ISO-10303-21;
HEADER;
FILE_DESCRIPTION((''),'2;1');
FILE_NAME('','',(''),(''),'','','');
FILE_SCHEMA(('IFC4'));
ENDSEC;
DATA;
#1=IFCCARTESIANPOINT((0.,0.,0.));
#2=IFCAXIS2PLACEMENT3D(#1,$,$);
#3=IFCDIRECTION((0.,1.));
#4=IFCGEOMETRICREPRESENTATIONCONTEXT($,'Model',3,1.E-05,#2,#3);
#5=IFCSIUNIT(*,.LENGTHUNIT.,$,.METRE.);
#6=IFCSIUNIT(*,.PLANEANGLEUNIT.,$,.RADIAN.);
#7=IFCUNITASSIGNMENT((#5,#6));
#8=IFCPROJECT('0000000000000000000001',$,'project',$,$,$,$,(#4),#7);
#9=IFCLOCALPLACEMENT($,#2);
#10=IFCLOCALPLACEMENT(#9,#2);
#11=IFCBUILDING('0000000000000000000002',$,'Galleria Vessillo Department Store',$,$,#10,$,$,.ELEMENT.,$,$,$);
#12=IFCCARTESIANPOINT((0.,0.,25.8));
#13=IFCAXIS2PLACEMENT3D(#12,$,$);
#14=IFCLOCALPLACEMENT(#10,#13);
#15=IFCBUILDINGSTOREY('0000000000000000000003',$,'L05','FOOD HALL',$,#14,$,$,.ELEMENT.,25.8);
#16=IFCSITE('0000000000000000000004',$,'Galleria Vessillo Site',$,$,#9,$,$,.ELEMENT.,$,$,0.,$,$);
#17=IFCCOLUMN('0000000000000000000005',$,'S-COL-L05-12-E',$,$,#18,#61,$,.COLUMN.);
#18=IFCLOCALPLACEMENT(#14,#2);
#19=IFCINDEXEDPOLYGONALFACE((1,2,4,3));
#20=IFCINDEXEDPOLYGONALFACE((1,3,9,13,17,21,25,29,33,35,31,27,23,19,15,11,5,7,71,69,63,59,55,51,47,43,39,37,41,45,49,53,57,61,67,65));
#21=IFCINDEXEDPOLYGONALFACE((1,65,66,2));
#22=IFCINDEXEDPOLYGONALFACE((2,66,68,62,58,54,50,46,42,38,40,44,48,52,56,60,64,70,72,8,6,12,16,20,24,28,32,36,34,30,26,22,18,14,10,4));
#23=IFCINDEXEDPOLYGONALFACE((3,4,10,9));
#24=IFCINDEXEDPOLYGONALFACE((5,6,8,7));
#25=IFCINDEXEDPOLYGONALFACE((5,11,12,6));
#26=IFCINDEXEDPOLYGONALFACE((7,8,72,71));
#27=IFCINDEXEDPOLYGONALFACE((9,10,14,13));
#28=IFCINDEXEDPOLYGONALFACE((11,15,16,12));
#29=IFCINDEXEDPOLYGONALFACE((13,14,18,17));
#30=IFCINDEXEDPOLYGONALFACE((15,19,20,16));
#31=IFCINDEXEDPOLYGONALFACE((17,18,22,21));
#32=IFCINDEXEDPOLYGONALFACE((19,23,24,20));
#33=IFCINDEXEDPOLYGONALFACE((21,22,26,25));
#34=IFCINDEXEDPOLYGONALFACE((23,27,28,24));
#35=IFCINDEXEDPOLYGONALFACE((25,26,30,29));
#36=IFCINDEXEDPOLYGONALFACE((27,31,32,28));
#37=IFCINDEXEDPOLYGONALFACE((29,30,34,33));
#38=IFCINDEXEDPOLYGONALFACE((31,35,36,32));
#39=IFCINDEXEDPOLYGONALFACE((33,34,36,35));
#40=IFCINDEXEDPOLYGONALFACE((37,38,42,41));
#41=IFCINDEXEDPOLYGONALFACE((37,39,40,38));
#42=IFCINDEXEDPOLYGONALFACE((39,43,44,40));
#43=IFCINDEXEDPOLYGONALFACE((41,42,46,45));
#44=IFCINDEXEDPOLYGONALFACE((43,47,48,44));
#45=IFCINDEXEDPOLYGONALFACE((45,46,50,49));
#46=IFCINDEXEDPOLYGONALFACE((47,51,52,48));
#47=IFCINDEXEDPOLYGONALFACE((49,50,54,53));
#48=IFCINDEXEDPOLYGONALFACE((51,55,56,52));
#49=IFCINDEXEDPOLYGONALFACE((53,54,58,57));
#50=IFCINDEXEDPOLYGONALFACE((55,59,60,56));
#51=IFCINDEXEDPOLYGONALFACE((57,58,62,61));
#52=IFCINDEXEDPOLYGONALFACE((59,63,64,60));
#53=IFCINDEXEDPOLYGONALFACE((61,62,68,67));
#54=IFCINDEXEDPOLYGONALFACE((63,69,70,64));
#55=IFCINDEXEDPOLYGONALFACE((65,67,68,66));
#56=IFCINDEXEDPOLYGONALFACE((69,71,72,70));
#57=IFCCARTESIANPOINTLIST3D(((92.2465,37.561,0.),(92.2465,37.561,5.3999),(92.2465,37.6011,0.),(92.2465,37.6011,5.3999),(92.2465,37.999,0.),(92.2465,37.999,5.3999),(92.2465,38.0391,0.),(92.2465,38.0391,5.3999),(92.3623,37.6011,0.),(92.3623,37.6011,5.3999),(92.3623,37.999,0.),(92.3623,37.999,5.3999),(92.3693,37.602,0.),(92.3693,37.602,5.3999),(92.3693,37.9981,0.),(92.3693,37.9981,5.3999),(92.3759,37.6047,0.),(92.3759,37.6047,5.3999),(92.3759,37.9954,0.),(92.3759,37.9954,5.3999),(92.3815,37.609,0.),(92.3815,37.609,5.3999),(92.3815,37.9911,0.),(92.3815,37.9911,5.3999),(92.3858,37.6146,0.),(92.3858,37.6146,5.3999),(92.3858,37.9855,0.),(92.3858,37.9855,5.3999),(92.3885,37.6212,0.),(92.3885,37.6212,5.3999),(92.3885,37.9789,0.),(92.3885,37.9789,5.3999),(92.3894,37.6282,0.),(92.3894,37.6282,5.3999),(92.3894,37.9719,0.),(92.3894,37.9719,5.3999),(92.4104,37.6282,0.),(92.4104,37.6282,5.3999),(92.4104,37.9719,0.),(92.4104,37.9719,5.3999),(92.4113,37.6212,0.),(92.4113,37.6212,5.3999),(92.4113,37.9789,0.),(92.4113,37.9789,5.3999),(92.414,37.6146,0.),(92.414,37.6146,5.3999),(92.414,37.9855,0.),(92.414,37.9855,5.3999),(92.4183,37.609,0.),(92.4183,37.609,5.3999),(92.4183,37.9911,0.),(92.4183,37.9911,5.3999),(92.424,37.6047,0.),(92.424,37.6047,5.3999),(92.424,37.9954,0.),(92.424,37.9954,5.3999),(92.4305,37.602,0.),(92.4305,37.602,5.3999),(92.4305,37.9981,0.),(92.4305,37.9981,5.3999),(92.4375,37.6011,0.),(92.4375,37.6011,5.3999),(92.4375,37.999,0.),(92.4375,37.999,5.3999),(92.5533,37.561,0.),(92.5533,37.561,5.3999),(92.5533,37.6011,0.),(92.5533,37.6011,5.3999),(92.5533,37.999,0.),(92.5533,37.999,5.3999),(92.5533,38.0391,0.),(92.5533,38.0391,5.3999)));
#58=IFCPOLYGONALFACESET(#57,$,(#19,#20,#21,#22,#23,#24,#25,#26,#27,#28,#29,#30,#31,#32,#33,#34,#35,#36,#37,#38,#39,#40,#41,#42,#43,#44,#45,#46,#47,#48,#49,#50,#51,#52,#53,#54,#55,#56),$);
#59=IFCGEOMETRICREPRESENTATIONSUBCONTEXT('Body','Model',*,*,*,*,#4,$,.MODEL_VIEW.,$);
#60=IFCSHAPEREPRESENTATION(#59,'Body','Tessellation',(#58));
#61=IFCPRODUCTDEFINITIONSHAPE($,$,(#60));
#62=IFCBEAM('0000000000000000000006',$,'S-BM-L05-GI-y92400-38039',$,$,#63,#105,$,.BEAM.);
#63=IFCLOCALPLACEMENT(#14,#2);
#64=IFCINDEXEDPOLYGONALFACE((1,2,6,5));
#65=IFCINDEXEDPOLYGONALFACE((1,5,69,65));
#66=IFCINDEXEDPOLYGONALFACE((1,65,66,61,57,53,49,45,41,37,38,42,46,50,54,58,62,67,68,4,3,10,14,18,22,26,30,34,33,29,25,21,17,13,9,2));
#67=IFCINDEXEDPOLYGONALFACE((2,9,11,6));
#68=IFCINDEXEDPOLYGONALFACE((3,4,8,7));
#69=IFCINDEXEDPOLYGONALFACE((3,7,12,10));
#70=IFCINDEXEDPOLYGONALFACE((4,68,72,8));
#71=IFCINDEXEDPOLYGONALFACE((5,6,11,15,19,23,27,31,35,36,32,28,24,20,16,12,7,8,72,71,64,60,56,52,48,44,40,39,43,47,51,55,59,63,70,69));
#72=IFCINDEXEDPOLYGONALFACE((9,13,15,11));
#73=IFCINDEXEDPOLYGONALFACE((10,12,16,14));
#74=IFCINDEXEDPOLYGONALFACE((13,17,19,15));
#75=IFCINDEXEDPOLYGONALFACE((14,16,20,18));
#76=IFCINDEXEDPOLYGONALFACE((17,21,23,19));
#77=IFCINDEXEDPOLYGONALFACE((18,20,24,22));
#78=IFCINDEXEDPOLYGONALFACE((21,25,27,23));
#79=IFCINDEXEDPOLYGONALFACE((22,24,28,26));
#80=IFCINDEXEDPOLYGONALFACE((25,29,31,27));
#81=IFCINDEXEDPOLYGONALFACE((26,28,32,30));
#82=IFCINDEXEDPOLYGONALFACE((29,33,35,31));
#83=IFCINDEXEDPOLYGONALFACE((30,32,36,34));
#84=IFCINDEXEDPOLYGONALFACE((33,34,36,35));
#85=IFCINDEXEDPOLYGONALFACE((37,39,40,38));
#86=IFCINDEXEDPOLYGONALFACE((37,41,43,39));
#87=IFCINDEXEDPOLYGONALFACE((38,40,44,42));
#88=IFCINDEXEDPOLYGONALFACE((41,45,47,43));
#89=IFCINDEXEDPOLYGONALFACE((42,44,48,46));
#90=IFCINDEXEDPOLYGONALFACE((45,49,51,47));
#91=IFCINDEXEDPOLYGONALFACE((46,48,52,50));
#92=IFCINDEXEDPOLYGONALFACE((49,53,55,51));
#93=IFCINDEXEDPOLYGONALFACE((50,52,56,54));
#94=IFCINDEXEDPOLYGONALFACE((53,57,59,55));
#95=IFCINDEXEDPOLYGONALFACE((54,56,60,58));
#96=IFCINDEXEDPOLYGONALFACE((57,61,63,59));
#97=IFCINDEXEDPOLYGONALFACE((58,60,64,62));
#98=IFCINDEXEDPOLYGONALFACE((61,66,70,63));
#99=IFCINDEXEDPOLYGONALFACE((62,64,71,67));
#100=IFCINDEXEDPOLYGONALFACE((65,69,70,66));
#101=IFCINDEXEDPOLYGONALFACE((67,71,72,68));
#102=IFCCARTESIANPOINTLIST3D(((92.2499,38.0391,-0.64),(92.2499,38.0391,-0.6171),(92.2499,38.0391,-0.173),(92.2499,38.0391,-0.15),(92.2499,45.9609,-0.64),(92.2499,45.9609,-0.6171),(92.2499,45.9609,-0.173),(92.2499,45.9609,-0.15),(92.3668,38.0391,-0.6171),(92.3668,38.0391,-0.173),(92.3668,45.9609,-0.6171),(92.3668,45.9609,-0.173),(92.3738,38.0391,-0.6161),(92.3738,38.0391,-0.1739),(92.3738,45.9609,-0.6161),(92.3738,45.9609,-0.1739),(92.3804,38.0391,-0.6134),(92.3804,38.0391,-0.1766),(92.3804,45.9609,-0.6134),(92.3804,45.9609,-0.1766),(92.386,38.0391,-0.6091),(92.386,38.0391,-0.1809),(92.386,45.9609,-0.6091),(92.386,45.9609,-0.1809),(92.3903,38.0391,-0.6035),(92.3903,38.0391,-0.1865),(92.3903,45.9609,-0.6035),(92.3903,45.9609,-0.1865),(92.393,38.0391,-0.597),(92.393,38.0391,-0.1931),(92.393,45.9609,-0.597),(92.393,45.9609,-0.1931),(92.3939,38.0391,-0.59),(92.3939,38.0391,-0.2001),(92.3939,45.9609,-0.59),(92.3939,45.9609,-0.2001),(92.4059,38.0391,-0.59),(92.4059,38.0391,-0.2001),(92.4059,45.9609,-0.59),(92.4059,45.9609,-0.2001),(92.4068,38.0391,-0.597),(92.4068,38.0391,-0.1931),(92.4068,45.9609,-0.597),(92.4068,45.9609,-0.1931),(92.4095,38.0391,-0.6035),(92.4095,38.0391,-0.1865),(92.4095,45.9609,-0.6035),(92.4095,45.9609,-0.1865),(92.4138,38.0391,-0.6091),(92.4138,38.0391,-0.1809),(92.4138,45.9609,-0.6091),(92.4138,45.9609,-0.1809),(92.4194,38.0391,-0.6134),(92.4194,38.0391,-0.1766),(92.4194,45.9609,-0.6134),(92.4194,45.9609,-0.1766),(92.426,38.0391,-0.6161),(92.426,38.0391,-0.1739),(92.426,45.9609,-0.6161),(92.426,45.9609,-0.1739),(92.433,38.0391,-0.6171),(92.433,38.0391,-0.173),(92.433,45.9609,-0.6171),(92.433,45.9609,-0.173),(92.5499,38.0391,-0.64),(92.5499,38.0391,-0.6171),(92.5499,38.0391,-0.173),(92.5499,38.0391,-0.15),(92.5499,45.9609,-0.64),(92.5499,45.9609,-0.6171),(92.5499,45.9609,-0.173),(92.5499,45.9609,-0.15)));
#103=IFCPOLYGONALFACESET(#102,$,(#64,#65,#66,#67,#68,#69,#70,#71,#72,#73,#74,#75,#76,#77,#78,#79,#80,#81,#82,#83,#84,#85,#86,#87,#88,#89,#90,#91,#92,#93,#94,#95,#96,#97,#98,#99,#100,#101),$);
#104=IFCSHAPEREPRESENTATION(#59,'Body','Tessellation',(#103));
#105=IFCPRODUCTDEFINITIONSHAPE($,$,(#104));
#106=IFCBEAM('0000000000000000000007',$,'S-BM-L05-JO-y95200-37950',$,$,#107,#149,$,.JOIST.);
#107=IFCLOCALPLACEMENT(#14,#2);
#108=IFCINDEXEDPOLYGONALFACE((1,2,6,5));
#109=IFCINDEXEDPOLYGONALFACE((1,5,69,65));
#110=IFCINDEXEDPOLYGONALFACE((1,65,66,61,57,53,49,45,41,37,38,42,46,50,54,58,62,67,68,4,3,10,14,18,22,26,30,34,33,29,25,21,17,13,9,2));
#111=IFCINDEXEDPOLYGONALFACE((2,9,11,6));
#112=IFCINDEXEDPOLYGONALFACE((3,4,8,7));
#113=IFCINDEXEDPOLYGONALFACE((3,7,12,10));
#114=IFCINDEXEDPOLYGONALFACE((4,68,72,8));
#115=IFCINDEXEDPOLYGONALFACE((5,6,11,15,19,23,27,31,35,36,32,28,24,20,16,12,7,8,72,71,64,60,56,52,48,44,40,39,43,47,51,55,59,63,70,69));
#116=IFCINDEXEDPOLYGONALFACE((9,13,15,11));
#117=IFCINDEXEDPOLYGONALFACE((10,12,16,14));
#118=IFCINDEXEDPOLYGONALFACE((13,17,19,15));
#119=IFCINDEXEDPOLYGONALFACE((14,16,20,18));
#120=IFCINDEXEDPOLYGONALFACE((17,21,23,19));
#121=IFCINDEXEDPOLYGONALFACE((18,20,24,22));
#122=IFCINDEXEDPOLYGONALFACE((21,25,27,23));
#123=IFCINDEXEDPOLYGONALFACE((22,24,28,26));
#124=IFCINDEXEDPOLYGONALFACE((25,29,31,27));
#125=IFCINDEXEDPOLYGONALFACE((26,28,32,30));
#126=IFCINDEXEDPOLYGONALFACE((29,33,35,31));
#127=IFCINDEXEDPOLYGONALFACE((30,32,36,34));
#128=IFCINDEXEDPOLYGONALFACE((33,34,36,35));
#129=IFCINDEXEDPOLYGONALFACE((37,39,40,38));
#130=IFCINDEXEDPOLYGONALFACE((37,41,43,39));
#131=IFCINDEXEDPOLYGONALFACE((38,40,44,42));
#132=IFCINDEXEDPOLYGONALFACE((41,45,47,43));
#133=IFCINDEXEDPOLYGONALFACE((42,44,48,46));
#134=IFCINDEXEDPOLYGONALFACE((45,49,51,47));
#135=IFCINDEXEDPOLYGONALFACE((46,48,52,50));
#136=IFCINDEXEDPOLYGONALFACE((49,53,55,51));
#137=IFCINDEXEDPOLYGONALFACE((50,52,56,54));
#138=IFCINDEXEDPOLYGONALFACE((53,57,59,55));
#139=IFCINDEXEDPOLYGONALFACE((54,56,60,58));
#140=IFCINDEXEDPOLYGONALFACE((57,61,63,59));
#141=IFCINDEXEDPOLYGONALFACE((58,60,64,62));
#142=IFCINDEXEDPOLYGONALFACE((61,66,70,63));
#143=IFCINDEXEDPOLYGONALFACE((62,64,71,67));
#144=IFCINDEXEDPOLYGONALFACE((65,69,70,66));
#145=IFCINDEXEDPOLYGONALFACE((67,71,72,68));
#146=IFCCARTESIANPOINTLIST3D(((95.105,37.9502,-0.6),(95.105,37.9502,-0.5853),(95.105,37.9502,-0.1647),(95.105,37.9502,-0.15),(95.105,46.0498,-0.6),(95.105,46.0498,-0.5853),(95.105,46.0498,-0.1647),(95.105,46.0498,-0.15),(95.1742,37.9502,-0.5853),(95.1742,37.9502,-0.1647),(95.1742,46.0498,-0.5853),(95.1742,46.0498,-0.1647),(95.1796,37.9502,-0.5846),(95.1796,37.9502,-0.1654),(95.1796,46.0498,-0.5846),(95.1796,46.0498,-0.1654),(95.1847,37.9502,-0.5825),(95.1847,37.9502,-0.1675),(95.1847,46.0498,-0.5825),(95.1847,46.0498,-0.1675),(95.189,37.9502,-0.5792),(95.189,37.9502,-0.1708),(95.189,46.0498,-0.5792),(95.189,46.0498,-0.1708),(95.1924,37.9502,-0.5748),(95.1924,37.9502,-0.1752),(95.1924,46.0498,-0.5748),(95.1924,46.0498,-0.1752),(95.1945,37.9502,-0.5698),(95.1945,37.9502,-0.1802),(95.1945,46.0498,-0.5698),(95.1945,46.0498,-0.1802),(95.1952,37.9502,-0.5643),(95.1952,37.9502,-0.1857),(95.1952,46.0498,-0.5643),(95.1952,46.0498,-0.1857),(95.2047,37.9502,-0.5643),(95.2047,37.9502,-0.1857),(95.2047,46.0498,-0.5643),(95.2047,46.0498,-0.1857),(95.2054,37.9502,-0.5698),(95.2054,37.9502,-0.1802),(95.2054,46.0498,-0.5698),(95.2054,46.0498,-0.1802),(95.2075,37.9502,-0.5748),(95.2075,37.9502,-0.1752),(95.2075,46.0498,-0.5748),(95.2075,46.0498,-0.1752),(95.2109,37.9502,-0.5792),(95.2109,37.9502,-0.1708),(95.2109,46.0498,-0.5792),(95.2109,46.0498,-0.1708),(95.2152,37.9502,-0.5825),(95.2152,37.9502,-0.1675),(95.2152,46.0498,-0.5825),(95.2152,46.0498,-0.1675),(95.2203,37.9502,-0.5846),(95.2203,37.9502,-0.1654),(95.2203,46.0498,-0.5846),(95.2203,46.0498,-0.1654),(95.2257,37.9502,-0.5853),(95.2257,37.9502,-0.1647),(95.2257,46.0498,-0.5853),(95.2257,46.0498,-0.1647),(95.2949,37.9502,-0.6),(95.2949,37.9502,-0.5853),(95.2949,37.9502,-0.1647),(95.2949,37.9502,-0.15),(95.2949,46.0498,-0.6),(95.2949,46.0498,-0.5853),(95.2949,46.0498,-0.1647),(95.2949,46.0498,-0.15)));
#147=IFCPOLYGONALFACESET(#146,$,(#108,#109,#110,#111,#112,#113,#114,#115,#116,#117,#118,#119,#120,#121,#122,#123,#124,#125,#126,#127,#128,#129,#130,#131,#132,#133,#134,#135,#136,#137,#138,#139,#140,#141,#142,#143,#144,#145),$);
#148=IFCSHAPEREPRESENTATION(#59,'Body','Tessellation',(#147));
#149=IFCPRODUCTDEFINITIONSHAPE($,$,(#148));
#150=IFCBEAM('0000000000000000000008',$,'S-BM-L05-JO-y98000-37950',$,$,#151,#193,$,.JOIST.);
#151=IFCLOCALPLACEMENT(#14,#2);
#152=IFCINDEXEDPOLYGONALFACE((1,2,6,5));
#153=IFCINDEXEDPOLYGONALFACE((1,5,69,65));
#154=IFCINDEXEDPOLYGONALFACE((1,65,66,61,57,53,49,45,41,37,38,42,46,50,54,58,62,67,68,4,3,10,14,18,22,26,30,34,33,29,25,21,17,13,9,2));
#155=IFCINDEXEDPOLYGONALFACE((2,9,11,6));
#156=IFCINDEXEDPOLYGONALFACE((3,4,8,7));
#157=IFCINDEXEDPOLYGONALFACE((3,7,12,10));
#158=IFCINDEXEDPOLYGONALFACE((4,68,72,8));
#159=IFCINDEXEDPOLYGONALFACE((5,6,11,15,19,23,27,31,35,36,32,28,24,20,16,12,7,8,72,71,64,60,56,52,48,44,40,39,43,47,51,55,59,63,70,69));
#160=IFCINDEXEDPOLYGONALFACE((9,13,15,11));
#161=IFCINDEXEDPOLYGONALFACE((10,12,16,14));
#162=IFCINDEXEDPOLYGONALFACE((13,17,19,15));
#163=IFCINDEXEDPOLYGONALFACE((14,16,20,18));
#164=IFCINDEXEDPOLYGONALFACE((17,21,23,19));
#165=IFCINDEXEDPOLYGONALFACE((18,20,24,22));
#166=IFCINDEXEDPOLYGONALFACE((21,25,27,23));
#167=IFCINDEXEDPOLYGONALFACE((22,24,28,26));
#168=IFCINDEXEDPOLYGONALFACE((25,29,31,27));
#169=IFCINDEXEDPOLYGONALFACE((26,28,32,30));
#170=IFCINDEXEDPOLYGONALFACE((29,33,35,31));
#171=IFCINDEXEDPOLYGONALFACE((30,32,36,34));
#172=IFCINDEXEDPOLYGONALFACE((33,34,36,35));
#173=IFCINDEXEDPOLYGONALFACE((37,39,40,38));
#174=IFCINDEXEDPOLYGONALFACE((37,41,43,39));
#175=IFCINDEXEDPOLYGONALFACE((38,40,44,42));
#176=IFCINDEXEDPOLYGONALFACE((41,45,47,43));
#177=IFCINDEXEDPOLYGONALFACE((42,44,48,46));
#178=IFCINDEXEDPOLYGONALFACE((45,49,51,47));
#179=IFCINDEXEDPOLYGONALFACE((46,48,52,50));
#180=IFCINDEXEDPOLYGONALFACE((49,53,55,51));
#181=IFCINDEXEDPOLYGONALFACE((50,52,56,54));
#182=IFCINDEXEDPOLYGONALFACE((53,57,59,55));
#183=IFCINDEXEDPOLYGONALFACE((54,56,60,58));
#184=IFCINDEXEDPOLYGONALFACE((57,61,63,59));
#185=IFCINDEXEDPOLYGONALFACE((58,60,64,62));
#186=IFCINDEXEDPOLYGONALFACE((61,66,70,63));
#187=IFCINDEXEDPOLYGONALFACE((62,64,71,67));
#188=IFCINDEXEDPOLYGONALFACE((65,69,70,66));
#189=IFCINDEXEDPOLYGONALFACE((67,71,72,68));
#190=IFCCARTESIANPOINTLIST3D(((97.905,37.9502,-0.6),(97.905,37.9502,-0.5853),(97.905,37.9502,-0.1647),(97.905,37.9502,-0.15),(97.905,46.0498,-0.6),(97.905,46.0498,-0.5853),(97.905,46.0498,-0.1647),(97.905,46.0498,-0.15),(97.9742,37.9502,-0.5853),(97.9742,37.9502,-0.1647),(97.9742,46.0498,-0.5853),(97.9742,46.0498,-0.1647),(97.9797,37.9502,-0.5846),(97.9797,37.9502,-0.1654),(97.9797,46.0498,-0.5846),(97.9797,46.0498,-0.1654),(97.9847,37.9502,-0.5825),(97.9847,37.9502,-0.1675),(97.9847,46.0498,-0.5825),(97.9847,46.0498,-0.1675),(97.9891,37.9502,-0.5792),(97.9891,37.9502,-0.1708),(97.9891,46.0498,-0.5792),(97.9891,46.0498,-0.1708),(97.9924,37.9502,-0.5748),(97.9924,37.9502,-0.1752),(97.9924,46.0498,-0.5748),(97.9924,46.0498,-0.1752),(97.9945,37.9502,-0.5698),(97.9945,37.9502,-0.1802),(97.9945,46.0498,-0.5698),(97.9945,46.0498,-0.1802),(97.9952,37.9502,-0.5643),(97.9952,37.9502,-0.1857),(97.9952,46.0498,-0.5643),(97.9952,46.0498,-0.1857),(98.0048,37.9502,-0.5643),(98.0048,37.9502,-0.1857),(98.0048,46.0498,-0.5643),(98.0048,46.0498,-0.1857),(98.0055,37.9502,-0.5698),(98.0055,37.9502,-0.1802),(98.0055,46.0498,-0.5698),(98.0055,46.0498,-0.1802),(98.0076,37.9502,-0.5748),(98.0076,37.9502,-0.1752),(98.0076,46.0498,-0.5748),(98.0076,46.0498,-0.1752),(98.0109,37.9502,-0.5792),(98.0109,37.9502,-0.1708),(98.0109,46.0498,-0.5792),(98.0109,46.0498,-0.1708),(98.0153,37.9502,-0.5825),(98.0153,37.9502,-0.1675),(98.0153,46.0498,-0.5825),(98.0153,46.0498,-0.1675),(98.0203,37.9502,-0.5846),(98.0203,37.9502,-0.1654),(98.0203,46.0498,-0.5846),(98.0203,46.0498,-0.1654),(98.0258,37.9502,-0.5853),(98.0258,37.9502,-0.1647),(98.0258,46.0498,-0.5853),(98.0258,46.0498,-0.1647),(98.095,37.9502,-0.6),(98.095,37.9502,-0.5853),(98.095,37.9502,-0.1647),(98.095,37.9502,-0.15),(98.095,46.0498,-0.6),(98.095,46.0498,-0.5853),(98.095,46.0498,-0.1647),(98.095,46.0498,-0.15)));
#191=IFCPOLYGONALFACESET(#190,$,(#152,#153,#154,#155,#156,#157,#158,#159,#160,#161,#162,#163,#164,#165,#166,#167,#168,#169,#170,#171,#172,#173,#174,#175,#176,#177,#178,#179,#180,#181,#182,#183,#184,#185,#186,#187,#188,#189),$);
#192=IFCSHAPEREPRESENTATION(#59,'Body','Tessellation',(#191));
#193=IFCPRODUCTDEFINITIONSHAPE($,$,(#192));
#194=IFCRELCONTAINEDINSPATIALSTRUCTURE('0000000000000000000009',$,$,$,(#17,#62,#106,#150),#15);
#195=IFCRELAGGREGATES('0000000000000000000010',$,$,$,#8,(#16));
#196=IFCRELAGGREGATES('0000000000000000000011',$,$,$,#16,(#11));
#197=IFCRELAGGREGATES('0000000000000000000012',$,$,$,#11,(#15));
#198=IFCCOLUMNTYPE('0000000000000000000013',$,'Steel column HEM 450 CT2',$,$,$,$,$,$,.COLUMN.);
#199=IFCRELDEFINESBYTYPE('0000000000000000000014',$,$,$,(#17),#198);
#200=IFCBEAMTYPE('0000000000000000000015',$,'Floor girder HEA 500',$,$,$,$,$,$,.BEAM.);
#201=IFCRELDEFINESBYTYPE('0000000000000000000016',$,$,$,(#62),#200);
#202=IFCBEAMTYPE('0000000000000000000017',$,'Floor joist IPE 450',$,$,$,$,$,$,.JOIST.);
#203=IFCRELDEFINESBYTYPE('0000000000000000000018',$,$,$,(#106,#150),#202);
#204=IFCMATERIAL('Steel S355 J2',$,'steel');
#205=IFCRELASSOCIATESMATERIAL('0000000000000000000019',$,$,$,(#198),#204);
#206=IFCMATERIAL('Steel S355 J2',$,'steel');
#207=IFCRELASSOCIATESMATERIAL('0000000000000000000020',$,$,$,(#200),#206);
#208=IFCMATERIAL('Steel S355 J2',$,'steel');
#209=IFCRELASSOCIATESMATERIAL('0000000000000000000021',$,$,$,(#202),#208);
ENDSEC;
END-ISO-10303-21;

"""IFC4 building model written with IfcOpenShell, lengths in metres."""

from ifc_helpers import new_model, si_unit, direction, frame, origin, origin_2d, place, context, subcontext, project, spatial, i_section, extrude, material, material_profile, profile_set, type_object, element, save


model = new_model("IFC4")

# Units and contexts
model_context = context("Model", 3, precision=1e-05, world=origin(), true_north=direction((0.0, 1.0)))
body_context = subcontext(model_context, "Body", "Model", "MODEL_VIEW")
ifc_project = project(units=[si_unit("LENGTHUNIT", "METRE"), si_unit("PLANEANGLEUNIT", "RADIAN")], contexts=[model_context])

# Site, building, storey
site_placement = place(None, origin())
site = spatial("IfcSite", under=ifc_project, at=site_placement, Name="Galleria Vessillo Site", CompositionType="ELEMENT", RefElevation=0.0)
building_placement = place(site_placement, origin())
building = spatial("IfcBuilding", under=site, at=building_placement, Name="Galleria Vessillo Department Store", CompositionType="ELEMENT")
storey_placement = place(building_placement, frame((0.0, 0.0, 25.8)))
storey = spatial("IfcBuildingStorey", under=building, at=storey_placement, Name="L05", Description="FOOD HALL", CompositionType="ELEMENT", Elevation=25.8)

# Column
ifc_material_1 = material(Name="Steel S355 J2", Category="steel")
ifc_material_profile_1 = material_profile(ifc_material_1, i_section(OverallWidth=0.3069, OverallDepth=0.478, WebThickness=0.021, FlangeThickness=0.04, FilletRadius=0.0271, at=origin_2d()), Name="HEM 450")
ifc_profile_set_1 = profile_set([ifc_material_profile_1], Name="Steel S355 J2")
column_type = type_object("IfcColumnType", Name="Steel column HEM 450 CT2", PredefinedType="COLUMN", material=ifc_profile_set_1)
column_placement = place(storey_placement, frame((92.3999, 37.8, 0.0), z_axis=(0.0, 0.0, 1.0), x_axis=(1.0, 0.0, 0.0)))
element("IfcColumn", 1, at=column_placement, inside=storey, type_object=column_type, Name="S-COL-L05-12-E", PredefinedType="COLUMN", context=body_context, shape_type="SweptSolid", body=[
    extrude(i_section(OverallWidth=0.3069, OverallDepth=0.478, WebThickness=0.021, FlangeThickness=0.04, FilletRadius=0.0271, at=origin_2d()), origin(), (0.0, 0.0, 1.0), 5.3999),
])

# Beams
ifc_material_2 = material(Name="Steel S355 J2", Category="steel")
ifc_material_profile_2 = material_profile(ifc_material_2, i_section(OverallWidth=0.3, OverallDepth=0.49, WebThickness=0.012, FlangeThickness=0.0229, FilletRadius=0.0271, at=origin_2d()), Name="HEA 500")
ifc_profile_set_2 = profile_set([ifc_material_profile_2], Name="Steel S355 J2")
beam_type_1 = type_object("IfcBeamType", Name="Floor girder HEA 500", PredefinedType="BEAM", material=ifc_profile_set_2)
beam_1_placement = place(storey_placement, frame((92.3999, 38.0391, -0.395), z_axis=(0.0, 1.0, 0.0), x_axis=(-1.0, 0.0, 0.0)))
element("IfcBeam", 2, at=beam_1_placement, inside=storey, type_object=beam_type_1, Name="S-BM-L05-GI-y92400-38039", PredefinedType="BEAM", context=body_context, shape_type="SweptSolid", body=[
    extrude(i_section(OverallWidth=0.3, OverallDepth=0.49, WebThickness=0.012, FlangeThickness=0.0229, FilletRadius=0.0271, at=origin_2d()), origin(), (0.0, 0.0, 1.0), 7.9219),
])
ifc_material_3 = material(Name="Steel S355 J2", Category="steel")
ifc_material_profile_3 = material_profile(ifc_material_3, i_section(OverallWidth=0.1899, OverallDepth=0.45, WebThickness=0.0095, FlangeThickness=0.0146, FilletRadius=0.021, at=origin_2d()), Name="IPE 450")
ifc_profile_set_3 = profile_set([ifc_material_profile_3], Name="Steel S355 J2")
beam_type_2 = type_object("IfcBeamType", Name="Floor joist IPE 450", PredefinedType="JOIST", material=ifc_profile_set_3)
for number, where, z_axis, x_axis, name in (
    (3, (95.2, 37.9502, -0.375), (0.0, 1.0, 0.0), (-1.0, 0.0, 0.0), "S-BM-L05-JO-y95200-37950"),
    (4, (98.0, 37.9502, -0.375), (0.0, 1.0, 0.0), (-1.0, 0.0, 0.0), "S-BM-L05-JO-y98000-37950"),
):
    element("IfcBeam", number, at=place(storey_placement, frame(where, z_axis=z_axis, x_axis=x_axis)), inside=storey, type_object=beam_type_2, Name=name, PredefinedType="JOIST", context=body_context, shape_type="SweptSolid", body=[
        extrude(i_section(OverallWidth=0.1899, OverallDepth=0.45, WebThickness=0.0095, FlangeThickness=0.0146, FilletRadius=0.021, at=origin_2d()), origin(), (0.0, 0.0, 1.0), 8.0996),
    ])

save(model, "model.ifc")
